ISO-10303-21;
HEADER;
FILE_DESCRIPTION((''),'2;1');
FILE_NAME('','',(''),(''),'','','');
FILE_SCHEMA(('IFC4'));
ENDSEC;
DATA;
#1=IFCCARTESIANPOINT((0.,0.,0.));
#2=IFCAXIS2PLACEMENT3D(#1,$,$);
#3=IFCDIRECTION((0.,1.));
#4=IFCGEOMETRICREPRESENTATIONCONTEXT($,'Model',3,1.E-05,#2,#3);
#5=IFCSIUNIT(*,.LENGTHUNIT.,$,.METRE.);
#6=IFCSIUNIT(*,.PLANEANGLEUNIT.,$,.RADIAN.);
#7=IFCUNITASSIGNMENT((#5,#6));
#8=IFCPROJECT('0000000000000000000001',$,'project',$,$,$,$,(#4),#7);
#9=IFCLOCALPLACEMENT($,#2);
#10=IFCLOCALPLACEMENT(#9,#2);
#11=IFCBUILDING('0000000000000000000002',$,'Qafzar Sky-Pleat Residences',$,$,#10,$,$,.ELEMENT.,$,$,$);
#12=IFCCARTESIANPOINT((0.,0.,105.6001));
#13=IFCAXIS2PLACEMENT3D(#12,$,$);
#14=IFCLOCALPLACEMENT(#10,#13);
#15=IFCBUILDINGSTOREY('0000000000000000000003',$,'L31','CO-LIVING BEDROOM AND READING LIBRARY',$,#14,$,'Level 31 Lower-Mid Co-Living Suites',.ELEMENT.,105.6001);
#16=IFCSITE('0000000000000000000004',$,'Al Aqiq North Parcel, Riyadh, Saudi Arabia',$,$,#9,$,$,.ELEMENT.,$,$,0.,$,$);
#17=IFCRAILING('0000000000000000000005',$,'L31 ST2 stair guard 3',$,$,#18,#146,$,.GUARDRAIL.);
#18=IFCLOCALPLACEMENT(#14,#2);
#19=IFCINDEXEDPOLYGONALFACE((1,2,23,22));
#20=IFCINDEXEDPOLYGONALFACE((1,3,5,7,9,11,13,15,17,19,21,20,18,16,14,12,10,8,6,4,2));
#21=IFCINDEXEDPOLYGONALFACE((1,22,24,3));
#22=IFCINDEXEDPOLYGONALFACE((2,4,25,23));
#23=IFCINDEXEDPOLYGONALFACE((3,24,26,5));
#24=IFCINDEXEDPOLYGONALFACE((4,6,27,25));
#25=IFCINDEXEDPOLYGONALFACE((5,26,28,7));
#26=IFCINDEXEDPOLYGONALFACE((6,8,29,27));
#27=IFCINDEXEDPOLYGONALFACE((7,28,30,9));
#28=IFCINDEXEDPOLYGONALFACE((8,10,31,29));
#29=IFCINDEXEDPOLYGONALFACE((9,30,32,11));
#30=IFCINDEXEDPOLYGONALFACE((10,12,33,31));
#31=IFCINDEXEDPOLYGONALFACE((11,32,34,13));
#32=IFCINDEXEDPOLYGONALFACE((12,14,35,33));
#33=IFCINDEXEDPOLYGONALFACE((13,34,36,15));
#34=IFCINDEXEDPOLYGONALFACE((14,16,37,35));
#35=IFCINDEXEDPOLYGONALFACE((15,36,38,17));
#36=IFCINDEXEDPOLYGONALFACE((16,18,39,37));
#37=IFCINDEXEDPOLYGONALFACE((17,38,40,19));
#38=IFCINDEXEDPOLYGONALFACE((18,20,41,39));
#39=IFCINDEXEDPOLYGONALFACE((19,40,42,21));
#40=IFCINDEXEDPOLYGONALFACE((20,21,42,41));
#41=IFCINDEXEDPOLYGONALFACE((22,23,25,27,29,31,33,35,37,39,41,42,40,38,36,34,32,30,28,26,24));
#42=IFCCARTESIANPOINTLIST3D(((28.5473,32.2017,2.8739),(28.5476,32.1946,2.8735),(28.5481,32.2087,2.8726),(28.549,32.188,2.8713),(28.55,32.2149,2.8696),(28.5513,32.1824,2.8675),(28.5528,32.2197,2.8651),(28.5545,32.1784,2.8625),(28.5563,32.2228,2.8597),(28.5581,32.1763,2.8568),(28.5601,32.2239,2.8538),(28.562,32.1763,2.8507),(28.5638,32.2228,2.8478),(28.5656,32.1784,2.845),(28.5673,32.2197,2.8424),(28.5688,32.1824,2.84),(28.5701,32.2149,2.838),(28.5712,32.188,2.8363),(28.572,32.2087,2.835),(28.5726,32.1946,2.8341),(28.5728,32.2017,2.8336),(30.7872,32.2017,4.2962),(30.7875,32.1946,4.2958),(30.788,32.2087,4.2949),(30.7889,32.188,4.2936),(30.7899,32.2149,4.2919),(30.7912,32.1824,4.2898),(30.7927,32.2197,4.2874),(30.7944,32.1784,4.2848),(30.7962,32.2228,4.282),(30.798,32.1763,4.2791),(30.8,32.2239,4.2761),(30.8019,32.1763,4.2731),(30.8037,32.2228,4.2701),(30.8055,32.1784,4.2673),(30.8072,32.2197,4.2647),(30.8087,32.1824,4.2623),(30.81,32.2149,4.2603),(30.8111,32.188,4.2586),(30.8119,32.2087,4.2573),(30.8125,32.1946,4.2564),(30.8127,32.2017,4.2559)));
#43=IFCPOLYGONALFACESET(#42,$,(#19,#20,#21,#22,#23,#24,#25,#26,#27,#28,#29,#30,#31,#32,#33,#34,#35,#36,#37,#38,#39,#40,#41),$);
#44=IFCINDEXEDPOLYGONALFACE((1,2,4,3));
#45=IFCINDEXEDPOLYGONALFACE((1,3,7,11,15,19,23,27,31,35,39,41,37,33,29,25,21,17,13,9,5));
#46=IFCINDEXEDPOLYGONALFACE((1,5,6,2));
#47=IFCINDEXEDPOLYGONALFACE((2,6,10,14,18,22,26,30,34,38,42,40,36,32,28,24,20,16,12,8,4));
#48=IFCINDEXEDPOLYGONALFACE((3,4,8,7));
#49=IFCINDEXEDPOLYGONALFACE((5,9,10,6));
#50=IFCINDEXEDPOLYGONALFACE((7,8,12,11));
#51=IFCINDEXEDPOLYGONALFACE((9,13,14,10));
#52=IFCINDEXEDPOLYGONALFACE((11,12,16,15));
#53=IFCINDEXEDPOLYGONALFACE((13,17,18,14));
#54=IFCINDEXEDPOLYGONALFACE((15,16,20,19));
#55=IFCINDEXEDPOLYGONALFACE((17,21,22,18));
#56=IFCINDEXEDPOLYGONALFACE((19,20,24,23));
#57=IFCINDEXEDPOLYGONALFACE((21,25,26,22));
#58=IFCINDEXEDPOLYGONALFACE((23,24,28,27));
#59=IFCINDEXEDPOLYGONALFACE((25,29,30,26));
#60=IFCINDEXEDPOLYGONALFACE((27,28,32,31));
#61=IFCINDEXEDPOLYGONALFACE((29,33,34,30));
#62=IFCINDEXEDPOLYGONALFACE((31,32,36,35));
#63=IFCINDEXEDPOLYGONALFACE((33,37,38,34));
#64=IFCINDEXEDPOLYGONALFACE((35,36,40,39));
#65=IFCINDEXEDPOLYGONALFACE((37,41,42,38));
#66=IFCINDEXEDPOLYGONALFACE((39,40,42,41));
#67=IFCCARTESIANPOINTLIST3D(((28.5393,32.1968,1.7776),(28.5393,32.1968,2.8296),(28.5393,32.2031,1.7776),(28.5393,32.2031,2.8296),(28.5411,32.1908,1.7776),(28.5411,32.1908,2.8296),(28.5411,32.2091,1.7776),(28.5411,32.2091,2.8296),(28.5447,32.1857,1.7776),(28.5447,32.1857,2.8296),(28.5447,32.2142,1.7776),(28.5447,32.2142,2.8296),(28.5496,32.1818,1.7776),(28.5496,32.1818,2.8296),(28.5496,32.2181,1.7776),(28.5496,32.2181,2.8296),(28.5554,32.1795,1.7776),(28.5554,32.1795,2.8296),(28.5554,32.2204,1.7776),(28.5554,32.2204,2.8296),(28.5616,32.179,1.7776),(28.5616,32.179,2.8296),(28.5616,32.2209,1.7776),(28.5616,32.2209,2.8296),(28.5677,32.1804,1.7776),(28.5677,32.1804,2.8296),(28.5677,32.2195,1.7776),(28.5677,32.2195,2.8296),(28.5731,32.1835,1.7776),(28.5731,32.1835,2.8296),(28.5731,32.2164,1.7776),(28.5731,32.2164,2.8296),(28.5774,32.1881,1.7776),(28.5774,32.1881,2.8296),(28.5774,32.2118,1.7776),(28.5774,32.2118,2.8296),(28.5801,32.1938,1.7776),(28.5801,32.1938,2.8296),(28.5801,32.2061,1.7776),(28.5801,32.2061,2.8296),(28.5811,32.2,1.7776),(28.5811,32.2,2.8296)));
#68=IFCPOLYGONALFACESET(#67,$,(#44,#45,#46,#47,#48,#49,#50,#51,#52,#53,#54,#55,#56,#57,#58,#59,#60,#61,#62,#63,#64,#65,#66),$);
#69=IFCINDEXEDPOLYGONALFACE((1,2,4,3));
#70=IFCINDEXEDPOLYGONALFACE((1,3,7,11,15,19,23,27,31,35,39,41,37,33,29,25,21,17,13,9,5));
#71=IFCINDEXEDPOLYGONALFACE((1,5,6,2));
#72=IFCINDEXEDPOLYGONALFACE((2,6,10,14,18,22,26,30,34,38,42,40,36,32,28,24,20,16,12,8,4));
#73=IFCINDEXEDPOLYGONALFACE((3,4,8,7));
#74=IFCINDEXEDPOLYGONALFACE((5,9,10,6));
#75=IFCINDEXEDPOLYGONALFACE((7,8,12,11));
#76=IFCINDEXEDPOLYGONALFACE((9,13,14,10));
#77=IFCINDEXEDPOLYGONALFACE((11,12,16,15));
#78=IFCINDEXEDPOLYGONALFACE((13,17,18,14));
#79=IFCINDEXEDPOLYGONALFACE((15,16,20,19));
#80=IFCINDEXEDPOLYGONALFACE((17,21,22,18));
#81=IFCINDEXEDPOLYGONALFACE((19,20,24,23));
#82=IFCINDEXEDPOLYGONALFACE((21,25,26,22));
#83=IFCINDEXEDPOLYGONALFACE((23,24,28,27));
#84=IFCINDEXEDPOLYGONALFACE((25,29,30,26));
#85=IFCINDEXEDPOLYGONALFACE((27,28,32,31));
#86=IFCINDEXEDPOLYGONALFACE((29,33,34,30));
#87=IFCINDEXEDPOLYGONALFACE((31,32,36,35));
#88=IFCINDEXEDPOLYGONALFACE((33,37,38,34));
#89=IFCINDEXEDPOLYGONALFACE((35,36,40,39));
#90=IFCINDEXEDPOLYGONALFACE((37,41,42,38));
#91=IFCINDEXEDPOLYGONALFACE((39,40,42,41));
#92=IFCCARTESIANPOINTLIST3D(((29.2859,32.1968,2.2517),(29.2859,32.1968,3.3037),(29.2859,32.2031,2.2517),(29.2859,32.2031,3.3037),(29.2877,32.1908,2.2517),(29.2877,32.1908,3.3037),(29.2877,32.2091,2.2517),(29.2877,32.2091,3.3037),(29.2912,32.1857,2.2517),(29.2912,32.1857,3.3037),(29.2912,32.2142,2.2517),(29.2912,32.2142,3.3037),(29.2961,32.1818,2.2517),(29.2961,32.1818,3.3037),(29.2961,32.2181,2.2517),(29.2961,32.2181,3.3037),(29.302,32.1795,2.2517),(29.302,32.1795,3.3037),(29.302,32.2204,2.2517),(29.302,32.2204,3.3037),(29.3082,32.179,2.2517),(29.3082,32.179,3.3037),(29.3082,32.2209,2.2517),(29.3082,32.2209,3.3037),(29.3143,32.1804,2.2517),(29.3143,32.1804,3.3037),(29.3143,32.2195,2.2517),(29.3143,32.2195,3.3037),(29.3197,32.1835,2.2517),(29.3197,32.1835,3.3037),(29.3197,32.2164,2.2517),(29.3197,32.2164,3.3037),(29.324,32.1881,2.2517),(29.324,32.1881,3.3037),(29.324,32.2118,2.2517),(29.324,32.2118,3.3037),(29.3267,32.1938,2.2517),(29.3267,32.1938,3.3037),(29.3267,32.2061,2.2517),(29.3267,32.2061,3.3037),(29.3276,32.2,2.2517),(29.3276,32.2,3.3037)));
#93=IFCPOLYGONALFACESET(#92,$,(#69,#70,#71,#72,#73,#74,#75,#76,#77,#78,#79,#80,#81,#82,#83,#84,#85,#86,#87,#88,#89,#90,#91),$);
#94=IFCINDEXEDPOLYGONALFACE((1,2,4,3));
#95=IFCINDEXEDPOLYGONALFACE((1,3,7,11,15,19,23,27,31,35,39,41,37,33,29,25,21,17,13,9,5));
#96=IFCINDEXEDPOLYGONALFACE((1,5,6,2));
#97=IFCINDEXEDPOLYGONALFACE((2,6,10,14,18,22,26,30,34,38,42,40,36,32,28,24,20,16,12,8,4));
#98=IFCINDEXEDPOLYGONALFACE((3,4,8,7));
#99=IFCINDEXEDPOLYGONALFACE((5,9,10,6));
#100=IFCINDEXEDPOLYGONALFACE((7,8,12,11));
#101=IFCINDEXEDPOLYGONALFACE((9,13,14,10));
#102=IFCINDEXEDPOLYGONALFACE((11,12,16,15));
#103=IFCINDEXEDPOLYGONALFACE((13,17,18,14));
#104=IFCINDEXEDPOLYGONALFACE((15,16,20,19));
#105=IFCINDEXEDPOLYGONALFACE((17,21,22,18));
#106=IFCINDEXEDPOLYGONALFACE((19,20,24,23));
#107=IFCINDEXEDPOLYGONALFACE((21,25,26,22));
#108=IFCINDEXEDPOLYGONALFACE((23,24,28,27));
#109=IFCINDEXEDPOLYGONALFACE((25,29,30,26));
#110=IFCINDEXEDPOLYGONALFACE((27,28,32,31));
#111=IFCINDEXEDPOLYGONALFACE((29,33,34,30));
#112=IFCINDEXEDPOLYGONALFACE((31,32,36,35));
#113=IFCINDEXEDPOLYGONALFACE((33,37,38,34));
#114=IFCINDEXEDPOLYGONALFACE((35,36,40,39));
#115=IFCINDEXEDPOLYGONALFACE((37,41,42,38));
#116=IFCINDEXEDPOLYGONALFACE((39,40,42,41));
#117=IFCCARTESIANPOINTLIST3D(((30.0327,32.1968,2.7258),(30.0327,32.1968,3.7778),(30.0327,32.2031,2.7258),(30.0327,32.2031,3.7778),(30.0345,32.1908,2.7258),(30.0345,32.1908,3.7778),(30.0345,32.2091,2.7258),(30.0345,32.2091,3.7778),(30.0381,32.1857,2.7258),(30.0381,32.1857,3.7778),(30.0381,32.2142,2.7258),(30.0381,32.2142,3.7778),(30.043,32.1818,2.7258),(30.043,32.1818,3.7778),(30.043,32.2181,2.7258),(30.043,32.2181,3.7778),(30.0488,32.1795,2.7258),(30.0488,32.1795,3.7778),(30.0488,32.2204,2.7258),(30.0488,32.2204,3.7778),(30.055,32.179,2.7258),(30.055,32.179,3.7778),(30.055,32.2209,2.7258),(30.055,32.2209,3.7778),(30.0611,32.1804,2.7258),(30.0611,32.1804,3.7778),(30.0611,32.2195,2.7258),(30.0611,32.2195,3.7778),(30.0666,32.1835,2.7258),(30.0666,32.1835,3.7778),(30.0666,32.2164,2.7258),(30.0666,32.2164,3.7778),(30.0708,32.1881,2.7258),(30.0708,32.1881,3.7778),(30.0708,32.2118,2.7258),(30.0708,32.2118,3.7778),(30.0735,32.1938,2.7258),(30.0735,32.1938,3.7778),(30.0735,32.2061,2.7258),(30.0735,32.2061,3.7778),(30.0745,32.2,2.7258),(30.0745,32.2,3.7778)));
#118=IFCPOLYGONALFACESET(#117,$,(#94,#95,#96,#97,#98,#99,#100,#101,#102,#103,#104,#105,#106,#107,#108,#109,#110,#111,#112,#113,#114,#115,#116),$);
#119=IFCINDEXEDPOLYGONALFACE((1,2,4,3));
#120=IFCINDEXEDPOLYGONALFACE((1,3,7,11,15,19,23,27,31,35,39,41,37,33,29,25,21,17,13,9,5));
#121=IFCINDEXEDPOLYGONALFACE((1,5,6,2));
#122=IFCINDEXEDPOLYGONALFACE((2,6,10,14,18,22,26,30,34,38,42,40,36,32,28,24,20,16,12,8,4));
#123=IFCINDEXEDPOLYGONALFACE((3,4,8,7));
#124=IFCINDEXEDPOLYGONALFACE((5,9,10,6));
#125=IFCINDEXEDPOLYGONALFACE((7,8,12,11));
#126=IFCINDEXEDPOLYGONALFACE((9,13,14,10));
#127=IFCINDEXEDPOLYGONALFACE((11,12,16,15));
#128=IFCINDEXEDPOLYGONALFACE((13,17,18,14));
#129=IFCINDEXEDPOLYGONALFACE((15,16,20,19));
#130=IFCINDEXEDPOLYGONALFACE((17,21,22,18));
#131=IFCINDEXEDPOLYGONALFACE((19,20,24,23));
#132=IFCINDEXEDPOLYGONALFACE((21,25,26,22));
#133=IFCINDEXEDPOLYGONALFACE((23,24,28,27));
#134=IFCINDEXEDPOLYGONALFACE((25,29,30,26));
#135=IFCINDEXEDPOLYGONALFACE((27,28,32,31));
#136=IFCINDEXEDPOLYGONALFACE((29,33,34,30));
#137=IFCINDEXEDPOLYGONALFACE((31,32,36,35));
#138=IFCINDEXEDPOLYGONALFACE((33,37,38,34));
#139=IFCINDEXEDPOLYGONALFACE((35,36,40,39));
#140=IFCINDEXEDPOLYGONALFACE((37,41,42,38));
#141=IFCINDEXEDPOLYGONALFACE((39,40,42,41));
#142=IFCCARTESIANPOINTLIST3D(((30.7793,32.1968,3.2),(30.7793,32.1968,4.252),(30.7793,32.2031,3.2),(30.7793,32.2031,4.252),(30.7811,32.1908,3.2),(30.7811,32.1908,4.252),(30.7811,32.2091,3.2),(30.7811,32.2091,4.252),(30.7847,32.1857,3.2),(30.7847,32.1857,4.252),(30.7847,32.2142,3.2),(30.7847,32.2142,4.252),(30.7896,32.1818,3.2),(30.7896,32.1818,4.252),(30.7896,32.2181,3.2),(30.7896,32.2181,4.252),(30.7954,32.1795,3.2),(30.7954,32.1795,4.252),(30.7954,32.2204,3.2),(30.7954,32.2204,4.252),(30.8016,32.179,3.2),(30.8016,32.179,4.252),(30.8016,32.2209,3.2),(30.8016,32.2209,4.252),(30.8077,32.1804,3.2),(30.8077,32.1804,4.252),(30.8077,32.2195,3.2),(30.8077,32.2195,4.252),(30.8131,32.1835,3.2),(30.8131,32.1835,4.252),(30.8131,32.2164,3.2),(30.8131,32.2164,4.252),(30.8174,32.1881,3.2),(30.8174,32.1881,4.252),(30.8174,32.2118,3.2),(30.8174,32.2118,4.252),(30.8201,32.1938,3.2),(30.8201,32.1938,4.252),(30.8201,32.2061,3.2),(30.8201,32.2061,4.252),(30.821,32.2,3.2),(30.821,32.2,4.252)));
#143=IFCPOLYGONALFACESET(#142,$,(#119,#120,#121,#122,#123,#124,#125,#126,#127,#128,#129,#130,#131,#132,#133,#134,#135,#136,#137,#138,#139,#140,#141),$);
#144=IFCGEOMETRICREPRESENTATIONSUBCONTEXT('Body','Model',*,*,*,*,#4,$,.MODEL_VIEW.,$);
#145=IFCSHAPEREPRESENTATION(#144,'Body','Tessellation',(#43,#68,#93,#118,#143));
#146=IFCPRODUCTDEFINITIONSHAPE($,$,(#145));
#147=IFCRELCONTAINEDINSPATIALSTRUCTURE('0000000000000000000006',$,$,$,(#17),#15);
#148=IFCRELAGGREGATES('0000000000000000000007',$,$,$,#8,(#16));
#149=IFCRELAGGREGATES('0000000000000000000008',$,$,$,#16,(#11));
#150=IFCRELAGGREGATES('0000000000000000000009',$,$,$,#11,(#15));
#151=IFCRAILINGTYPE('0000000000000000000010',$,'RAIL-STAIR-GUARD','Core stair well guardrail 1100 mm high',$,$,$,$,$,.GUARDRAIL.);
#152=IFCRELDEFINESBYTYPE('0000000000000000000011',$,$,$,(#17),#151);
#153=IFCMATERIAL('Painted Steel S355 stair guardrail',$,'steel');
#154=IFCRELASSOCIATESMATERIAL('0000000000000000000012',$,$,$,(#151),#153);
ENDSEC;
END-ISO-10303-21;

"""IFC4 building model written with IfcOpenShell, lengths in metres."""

from ifc_helpers import new_model, si_unit, direction, frame, origin, origin_2d, place, context, subcontext, project, spatial, circle, extrude, source, transform, mapped, material, type_object, element, save


model = new_model("IFC4")

# Units and contexts
model_context = context("Model", 3, precision=1e-05, world=origin(), true_north=direction((0.0, 1.0)))
body_context = subcontext(model_context, "Body", "Model", "MODEL_VIEW")
ifc_project = project(units=[si_unit("LENGTHUNIT", "METRE"), si_unit("PLANEANGLEUNIT", "RADIAN")], contexts=[model_context])

# Site, building, storey
site_placement = place(None, origin())
site = spatial("IfcSite", under=ifc_project, at=site_placement, Name="Al Aqiq North Parcel, Riyadh, Saudi Arabia", CompositionType="ELEMENT", RefElevation=0.0)
building_placement = place(site_placement, origin())
building = spatial("IfcBuilding", under=site, at=building_placement, Name="Qafzar Sky-Pleat Residences", CompositionType="ELEMENT")
storey_placement = place(building_placement, frame((0.0, 0.0, 105.6001)))
storey = spatial("IfcBuildingStorey", under=building, at=storey_placement, Name="L31", Description="CO-LIVING BEDROOM AND READING LIBRARY", LongName="Level 31 Lower-Mid Co-Living Suites", CompositionType="ELEMENT", Elevation=105.6001)

# Railing
ifc_material_1 = material(Name="Painted Steel S355 stair guardrail", Category="steel")
railing_type_1 = type_object("IfcRailingType", Name="RAIL-STAIR-GUARD", Description="Core stair well guardrail 1100 mm high", PredefinedType="GUARDRAIL", material=ifc_material_1)
shared_shape_1 = source(origin(), body_context, "Body", "SweptSolid", [
    extrude(circle(Radius=0.0239, at=origin_2d()), frame((0.0, 0.0, 1.0762), z_axis=(0.844188, 0.0, 0.536048), x_axis=(0.0, 1.0, 0.0)), (0.0, 0.0, 1.0), 2.6533),
    extrude(circle(Radius=0.021, at=origin_2d()), origin(), (0.0, 0.0, 1.0), 1.052),
    extrude(circle(Radius=0.021, at=origin_2d()), frame((0.7466, 0.0, 0.4741)), (0.0, 0.0, 1.0), 1.052),
    extrude(circle(Radius=0.021, at=origin_2d()), frame((1.4934, 0.0, 0.9482)), (0.0, 0.0, 1.0), 1.052),
    extrude(circle(Radius=0.021, at=origin_2d()), frame((2.24, 0.0, 1.4224)), (0.0, 0.0, 1.0), 1.052),
])
railing_1_placement = place(storey_placement, frame((28.5601, 32.2, 1.7776)))
element("IfcRailing", 1, at=railing_1_placement, inside=storey, type_object=railing_type_1, Name="L31 ST2 stair guard 3", PredefinedType="GUARDRAIL", context=body_context, shape_type="MappedRepresentation", body=[
    mapped(shared_shape_1, transform((0.0, 0.0, 0.0), x_axis=(1.0, 0.0, 0.0), y_axis=(0.0, 1.0, 0.0), z_axis=(0.0, 0.0, 1.0), scale=1.0)),
])

save(model, "model.ifc")
